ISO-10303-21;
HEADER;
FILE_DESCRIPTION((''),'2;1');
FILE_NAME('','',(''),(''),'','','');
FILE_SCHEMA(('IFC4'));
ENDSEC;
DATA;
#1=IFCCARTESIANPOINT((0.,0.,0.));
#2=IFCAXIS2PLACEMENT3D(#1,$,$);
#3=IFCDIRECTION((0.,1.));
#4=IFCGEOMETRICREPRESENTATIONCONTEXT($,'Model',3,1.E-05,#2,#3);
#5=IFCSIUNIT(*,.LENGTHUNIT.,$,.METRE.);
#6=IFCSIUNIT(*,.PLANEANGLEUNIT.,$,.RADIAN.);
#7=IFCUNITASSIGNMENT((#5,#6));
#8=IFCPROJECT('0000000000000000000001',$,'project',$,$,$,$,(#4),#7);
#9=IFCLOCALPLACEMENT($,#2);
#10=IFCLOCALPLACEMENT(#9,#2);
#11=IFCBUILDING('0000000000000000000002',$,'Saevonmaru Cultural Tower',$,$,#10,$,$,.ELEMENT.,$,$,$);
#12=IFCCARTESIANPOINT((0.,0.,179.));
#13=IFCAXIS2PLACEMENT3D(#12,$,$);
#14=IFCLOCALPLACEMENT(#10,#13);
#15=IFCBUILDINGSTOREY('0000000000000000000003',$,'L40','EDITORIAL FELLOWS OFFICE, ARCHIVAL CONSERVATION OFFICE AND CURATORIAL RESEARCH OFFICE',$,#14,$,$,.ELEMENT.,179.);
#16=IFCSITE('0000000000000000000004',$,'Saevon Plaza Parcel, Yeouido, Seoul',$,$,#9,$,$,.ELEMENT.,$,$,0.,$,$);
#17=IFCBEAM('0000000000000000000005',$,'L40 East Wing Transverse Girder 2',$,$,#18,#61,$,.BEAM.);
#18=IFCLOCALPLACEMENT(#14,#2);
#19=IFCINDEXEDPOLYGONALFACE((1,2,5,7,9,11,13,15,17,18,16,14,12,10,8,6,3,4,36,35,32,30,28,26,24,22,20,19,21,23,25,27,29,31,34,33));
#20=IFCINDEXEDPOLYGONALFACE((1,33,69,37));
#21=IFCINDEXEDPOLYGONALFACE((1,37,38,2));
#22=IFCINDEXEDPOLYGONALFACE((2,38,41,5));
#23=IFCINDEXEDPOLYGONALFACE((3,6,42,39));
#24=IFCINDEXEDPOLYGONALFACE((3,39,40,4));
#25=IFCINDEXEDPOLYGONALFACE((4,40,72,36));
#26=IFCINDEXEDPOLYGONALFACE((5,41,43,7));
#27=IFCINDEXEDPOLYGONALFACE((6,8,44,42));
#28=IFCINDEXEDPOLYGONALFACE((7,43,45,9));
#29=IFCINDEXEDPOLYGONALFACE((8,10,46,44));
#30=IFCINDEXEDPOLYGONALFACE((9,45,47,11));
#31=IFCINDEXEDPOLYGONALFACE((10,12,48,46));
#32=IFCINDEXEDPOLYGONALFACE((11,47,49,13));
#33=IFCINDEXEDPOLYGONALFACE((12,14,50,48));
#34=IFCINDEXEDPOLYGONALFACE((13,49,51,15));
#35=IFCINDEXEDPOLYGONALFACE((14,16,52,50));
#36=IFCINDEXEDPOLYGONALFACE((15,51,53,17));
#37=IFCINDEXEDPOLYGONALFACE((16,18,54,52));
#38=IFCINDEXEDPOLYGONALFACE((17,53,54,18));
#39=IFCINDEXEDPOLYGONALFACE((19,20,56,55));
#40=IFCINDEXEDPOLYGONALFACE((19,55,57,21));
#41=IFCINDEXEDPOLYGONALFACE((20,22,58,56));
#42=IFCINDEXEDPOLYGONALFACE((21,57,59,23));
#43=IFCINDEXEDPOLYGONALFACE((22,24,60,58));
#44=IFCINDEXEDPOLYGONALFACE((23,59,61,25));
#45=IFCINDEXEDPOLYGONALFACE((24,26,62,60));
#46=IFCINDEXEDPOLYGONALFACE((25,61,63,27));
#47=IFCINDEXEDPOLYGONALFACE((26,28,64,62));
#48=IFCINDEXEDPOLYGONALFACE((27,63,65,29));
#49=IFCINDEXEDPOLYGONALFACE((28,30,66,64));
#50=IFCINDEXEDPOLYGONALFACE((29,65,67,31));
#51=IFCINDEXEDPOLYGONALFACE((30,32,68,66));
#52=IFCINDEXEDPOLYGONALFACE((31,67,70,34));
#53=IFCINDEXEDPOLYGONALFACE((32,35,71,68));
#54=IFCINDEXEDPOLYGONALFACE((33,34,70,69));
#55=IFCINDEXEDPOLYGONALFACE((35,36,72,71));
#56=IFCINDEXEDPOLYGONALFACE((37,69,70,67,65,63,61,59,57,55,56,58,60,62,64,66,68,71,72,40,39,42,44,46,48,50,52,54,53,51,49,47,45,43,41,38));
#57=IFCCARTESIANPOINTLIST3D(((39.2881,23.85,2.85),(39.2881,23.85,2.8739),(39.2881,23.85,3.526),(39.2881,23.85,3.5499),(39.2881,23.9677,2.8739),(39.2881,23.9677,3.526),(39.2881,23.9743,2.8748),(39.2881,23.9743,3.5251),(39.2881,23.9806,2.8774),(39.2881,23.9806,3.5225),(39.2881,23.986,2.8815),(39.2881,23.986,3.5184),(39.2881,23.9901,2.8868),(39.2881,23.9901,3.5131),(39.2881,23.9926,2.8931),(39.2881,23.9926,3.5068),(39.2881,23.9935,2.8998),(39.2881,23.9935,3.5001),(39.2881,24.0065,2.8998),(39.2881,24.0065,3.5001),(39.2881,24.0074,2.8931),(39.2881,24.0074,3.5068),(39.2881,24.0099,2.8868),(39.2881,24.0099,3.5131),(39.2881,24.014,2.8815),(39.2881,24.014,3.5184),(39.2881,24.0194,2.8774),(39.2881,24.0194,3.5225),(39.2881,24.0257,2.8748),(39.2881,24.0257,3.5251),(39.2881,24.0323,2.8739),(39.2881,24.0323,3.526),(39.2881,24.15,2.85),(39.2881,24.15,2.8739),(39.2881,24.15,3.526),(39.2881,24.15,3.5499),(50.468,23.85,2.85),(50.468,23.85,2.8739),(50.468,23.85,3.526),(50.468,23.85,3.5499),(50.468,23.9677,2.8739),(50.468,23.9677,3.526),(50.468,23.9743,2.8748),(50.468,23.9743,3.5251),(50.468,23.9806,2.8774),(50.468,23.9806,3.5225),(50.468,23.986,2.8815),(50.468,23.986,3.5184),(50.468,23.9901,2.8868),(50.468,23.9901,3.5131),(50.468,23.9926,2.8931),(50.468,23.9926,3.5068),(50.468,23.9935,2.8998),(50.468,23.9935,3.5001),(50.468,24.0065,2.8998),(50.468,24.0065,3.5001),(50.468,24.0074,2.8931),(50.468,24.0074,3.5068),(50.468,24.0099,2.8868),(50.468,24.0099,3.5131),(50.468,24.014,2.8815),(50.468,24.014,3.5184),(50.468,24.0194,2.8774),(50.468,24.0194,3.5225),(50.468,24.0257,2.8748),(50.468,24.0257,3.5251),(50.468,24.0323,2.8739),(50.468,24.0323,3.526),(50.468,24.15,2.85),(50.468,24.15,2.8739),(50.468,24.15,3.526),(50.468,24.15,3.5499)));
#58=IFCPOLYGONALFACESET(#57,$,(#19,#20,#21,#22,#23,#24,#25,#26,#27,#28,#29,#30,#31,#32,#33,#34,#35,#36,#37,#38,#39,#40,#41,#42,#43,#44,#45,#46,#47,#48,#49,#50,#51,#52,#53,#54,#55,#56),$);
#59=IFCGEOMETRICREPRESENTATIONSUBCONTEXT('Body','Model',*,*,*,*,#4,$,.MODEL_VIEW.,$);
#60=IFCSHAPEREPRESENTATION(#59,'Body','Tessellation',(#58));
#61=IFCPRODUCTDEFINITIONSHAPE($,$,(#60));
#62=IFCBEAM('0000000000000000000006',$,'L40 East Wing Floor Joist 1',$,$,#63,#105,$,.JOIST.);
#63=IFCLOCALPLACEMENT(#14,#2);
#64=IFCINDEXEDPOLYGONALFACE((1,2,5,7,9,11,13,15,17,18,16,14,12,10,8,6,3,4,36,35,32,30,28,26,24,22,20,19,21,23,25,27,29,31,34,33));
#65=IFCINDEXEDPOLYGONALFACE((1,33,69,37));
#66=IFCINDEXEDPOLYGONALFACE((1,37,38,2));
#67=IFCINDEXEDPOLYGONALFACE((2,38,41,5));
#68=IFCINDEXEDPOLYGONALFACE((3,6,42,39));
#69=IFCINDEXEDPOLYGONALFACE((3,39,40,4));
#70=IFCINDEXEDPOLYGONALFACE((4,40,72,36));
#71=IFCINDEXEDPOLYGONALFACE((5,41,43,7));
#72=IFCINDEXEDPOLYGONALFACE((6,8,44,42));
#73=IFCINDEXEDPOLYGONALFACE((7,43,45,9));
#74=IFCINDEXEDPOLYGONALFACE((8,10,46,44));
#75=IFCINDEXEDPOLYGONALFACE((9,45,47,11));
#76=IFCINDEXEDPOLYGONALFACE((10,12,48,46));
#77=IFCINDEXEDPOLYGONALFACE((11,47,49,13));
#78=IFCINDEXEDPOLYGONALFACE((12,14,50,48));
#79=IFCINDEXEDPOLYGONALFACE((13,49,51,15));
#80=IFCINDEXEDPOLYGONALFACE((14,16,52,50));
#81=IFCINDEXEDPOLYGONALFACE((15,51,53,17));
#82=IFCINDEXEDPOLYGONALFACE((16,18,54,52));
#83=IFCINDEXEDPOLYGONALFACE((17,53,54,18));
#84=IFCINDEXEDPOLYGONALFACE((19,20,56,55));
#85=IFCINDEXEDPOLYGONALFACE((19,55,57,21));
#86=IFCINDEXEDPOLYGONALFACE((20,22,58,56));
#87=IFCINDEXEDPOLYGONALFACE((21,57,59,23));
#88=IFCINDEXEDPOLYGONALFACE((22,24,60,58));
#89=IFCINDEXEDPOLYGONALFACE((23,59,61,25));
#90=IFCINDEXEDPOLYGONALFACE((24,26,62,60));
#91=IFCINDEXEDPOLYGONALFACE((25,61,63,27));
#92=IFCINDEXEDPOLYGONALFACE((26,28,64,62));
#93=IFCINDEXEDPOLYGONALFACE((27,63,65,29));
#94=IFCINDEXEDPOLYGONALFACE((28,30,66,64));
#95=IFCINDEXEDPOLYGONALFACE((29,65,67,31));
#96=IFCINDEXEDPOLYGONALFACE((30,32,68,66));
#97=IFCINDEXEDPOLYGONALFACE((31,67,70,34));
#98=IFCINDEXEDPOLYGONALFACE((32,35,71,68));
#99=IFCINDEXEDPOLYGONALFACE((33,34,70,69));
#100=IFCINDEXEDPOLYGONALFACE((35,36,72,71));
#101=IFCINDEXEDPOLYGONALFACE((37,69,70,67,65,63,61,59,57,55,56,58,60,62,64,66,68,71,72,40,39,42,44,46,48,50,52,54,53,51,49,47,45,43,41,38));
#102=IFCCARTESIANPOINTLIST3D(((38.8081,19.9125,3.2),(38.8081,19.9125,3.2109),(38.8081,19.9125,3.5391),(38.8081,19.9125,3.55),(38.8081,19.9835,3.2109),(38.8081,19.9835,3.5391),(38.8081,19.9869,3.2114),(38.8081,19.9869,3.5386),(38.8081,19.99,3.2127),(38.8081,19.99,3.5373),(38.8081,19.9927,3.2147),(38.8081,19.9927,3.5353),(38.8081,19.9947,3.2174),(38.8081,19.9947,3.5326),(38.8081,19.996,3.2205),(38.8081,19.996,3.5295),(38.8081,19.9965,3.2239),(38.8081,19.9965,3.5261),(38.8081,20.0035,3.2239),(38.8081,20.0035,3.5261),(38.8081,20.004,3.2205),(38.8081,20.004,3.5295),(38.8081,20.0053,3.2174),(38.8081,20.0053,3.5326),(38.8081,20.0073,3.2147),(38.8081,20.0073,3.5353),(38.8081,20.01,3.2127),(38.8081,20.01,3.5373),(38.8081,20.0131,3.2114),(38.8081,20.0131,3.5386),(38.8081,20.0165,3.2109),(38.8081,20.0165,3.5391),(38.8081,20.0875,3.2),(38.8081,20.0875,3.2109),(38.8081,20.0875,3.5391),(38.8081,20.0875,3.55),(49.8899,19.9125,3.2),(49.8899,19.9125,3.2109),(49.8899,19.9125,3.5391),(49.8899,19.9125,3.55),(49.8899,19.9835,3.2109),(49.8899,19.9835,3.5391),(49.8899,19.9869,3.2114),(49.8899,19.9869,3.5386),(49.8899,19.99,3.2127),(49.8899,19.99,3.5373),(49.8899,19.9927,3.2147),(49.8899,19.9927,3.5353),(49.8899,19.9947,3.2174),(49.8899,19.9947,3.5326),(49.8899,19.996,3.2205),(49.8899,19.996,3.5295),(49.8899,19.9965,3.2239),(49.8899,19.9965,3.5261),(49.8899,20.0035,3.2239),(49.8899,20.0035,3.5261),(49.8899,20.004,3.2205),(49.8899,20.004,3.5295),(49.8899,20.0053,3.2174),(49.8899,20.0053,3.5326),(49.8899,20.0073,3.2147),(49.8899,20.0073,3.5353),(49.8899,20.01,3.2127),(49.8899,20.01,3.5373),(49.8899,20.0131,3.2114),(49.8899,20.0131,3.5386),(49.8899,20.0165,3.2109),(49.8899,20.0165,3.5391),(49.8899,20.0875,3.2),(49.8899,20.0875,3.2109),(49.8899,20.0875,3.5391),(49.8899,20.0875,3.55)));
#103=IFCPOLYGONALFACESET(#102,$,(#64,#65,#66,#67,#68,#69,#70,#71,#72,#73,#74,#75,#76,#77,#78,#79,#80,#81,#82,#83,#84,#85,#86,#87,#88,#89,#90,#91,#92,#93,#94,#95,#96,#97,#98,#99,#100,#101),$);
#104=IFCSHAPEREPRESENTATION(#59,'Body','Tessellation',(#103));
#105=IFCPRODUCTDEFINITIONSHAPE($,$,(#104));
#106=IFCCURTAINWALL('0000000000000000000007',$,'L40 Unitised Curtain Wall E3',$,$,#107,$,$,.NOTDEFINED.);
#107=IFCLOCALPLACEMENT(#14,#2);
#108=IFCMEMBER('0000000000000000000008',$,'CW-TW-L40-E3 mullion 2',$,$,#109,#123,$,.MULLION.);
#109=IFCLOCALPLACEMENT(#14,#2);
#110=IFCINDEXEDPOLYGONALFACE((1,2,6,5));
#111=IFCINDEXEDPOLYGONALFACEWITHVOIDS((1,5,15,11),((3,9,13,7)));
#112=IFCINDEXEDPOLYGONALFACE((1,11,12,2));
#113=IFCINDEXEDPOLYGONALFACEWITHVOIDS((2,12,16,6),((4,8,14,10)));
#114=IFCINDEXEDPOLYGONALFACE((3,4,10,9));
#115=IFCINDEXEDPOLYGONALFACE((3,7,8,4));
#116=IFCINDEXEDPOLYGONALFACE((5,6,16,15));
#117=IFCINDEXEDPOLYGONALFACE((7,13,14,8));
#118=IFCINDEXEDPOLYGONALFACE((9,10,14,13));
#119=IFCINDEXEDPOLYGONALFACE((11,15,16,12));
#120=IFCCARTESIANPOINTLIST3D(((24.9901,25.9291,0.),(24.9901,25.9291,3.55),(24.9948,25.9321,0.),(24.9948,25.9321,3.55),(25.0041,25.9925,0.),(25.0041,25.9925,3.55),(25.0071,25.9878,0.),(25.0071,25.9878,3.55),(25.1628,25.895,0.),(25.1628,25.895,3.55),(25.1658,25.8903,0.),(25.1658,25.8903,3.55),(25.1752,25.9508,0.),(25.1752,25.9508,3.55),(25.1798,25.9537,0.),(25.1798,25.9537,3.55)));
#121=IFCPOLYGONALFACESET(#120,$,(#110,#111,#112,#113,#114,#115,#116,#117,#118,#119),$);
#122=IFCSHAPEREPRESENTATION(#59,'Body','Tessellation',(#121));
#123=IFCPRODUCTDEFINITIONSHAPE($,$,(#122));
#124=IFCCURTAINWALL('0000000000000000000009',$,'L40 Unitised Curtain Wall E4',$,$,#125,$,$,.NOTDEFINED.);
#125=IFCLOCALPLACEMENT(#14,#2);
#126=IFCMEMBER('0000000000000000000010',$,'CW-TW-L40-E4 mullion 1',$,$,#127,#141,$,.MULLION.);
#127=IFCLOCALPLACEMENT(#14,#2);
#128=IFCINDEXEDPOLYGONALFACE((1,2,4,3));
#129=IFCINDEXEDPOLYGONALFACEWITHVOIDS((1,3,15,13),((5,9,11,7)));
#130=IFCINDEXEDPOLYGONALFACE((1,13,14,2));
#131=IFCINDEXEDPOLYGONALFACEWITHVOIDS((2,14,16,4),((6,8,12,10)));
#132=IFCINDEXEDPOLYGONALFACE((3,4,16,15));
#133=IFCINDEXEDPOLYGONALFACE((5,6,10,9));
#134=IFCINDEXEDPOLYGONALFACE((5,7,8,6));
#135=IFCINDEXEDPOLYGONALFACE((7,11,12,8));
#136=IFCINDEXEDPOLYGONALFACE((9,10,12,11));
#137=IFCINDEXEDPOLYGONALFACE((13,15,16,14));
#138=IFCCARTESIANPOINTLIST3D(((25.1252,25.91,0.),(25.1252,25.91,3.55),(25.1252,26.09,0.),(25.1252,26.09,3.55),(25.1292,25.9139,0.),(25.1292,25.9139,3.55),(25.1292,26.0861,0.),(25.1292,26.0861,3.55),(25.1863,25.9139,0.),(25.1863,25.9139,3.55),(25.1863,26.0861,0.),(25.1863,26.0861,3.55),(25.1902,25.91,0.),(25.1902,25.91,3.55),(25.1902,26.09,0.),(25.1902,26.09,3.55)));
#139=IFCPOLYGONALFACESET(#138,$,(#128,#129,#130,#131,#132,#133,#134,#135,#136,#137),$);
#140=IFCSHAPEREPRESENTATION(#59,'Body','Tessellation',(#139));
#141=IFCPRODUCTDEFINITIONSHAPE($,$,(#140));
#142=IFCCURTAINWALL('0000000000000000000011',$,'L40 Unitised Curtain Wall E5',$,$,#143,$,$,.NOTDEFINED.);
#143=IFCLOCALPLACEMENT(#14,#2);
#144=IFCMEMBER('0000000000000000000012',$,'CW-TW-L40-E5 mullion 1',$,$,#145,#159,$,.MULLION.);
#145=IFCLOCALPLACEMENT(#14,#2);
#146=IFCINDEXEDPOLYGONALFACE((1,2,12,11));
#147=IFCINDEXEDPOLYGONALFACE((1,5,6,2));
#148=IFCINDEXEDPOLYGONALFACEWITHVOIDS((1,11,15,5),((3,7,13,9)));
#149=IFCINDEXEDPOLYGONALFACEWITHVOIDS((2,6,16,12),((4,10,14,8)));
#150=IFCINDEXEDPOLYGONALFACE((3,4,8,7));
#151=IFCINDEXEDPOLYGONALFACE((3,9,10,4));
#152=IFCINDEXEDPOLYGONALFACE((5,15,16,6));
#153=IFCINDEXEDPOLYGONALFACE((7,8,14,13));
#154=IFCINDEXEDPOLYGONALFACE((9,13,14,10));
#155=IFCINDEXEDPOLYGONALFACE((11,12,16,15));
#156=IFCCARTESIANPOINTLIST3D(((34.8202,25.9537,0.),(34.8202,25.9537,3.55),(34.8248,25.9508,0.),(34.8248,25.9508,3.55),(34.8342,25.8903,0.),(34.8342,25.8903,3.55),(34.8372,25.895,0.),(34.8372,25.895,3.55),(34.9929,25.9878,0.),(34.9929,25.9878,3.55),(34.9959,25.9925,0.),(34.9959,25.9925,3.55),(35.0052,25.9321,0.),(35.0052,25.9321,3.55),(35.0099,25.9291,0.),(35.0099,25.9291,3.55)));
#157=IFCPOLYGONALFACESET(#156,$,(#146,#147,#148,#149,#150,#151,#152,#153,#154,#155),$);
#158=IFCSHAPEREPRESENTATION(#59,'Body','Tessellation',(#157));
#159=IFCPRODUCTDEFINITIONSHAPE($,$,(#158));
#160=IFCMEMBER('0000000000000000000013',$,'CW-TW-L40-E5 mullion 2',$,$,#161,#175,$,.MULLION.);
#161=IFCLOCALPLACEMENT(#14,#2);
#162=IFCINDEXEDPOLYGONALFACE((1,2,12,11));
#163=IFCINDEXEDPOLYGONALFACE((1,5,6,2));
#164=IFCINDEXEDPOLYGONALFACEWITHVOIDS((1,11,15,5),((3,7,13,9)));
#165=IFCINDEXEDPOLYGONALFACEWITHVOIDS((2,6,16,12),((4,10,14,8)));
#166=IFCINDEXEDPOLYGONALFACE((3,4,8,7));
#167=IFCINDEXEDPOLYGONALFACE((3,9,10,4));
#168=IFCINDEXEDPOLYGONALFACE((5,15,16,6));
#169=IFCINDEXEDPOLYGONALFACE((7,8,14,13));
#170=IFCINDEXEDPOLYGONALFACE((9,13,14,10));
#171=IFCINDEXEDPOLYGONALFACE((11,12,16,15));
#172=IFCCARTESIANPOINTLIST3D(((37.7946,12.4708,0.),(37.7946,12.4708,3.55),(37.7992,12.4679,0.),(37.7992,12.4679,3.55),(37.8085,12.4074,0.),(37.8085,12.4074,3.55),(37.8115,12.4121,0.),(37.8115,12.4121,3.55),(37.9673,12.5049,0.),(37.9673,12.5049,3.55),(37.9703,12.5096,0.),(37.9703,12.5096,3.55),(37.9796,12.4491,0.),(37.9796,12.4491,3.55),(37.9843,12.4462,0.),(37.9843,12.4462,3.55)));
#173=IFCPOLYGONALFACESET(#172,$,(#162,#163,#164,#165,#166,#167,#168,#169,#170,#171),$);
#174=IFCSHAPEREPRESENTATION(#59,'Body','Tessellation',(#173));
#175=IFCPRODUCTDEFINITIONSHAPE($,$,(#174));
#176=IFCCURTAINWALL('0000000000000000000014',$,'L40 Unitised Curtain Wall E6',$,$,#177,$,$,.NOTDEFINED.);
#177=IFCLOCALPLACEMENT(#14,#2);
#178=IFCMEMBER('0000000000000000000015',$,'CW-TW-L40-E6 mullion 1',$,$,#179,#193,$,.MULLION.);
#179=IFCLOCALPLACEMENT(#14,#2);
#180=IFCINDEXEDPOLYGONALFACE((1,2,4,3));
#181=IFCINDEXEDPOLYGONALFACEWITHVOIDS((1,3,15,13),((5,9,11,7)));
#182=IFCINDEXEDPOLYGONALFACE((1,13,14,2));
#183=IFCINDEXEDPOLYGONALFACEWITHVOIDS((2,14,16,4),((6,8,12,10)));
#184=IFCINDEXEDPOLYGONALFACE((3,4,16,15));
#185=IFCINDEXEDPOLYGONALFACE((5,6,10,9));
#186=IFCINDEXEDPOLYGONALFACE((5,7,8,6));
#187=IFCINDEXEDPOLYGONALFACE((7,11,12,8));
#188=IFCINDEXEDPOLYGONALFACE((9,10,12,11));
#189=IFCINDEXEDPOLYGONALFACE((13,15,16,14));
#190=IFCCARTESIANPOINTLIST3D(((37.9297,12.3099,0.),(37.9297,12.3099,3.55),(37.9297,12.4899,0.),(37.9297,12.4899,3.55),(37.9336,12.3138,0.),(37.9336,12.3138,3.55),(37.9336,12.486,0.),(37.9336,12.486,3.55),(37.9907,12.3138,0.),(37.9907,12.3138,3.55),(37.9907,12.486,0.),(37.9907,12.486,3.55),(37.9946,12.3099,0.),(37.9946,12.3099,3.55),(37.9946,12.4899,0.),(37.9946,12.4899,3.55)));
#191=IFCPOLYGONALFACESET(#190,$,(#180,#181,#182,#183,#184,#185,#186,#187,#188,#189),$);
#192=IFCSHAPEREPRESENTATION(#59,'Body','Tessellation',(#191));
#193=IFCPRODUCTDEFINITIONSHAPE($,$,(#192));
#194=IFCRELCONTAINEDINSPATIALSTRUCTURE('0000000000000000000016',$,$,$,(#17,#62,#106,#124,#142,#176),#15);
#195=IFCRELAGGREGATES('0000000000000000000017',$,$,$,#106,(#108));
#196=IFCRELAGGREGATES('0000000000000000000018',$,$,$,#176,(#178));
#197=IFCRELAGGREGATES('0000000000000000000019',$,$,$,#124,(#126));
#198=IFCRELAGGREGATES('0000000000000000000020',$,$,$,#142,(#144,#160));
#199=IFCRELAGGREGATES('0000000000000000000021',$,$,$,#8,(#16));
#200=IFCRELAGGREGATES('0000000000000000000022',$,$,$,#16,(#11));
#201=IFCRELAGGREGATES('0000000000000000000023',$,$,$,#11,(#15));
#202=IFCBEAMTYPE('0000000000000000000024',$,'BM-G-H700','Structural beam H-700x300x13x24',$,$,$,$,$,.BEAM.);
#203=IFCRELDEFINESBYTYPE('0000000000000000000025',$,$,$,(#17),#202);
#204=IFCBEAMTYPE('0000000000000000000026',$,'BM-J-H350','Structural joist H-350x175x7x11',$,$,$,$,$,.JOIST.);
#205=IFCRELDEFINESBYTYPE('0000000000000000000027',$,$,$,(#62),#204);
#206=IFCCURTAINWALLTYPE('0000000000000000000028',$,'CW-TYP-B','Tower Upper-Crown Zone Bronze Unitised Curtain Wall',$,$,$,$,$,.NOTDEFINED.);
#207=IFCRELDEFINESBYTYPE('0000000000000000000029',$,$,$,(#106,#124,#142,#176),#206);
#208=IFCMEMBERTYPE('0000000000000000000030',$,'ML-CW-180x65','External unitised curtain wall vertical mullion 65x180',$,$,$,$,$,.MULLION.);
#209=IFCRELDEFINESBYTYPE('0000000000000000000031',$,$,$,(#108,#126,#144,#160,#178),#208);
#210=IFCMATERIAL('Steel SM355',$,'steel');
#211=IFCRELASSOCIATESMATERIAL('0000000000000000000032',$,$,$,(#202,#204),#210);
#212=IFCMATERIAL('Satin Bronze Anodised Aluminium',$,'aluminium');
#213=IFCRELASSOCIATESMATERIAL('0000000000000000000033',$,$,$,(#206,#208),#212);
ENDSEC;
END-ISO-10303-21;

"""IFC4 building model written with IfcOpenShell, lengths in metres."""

from ifc_helpers import new_model, si_unit, direction, frame, origin, origin_2d, place, context, subcontext, project, spatial, hollow_rectangle, i_section, extrude, material, material_profile, profile_set, type_object, element, aggregate, save


model = new_model("IFC4")

# Units and contexts
model_context = context("Model", 3, precision=1e-05, world=origin(), true_north=direction((0.0, 1.0)))
body_context = subcontext(model_context, "Body", "Model", "MODEL_VIEW")
ifc_project = project(units=[si_unit("LENGTHUNIT", "METRE"), si_unit("PLANEANGLEUNIT", "RADIAN")], contexts=[model_context])

# Site, building, storey
site_placement = place(None, origin())
site = spatial("IfcSite", under=ifc_project, at=site_placement, Name="Saevon Plaza Parcel, Yeouido, Seoul", CompositionType="ELEMENT", RefElevation=0.0)
building_placement = place(site_placement, origin())
building = spatial("IfcBuilding", under=site, at=building_placement, Name="Saevonmaru Cultural Tower", CompositionType="ELEMENT")
storey_placement = place(building_placement, frame((0.0, 0.0, 179.0)))
storey = spatial("IfcBuildingStorey", under=building, at=storey_placement, Name="L40", Description="EDITORIAL FELLOWS OFFICE, ARCHIVAL CONSERVATION OFFICE AND CURATORIAL RESEARCH OFFICE", CompositionType="ELEMENT", Elevation=179.0)

# Shared definitions
ifc_material_1 = material(Name="Steel SM355", Category="steel")

# Beams
ifc_material_profile_1 = material_profile(ifc_material_1, i_section(OverallWidth=0.3, OverallDepth=0.7, WebThickness=0.0129, FlangeThickness=0.0239, FilletRadius=0.0259, at=origin_2d()), Name="H-700x300x13x24")
ifc_profile_set_1 = profile_set([ifc_material_profile_1], Name="Steel SM355")
beam_type_1 = type_object("IfcBeamType", Name="BM-G-H700", Description="Structural beam H-700x300x13x24", PredefinedType="BEAM", material=ifc_profile_set_1)
for number, where, z_axis, x_axis, name in (
    (1, (39.2881, 24.0, 3.2), (1.0, 0.0, 0.0), (0.0, 1.0, 0.0), "L40 East Wing Transverse Girder 2"),
):
    element("IfcBeam", number, at=place(storey_placement, frame(where, z_axis=z_axis, x_axis=x_axis)), inside=storey, type_object=beam_type_1, Name=name, PredefinedType="BEAM", context=body_context, shape_type="SweptSolid", body=[
        extrude(i_section(OverallWidth=0.3, OverallDepth=0.7, WebThickness=0.0129, FlangeThickness=0.0239, FilletRadius=0.0259, at=origin_2d()), origin(), (0.0, 0.0, 1.0), 11.1799),
    ])
ifc_material_profile_2 = material_profile(ifc_material_1, i_section(OverallWidth=0.175, OverallDepth=0.3501, WebThickness=0.0071, FlangeThickness=0.011, FilletRadius=0.0129, at=origin_2d()), Name="H-350x175x7x11")
ifc_profile_set_2 = profile_set([ifc_material_profile_2], Name="Steel SM355")
beam_type_2 = type_object("IfcBeamType", Name="BM-J-H350", Description="Structural joist H-350x175x7x11", PredefinedType="JOIST", material=ifc_profile_set_2)
beam_placement = place(storey_placement, frame((38.8081, 20.0, 3.375), z_axis=(1.0, 0.0, 0.0), x_axis=(0.0, 1.0, 0.0)))
element("IfcBeam", 2, at=beam_placement, inside=storey, type_object=beam_type_2, Name="L40 East Wing Floor Joist 1", PredefinedType="JOIST", context=body_context, shape_type="SweptSolid", body=[
    extrude(i_section(OverallWidth=0.175, OverallDepth=0.3501, WebThickness=0.0071, FlangeThickness=0.011, FilletRadius=0.0129, at=origin_2d()), origin(), (0.0, 0.0, 1.0), 11.0818),
])

# Curtain walls, members
ifc_material_2 = material(Name="Satin Bronze Anodised Aluminium", Category="aluminium")
curtain_wall_type = type_object("IfcCurtainWallType", Name="CW-TYP-B", Description="Tower Upper-Crown Zone Bronze Unitised Curtain Wall", PredefinedType="NOTDEFINED", material=ifc_material_2)
curtain_wall_1_placement = place(storey_placement, origin())
curtain_wall_1 = element("IfcCurtainWall", 3, at=curtain_wall_1_placement, inside=storey, type_object=curtain_wall_type, Name="L40 Unitised Curtain Wall E3", PredefinedType="NOTDEFINED")
ifc_material_profile_3 = material_profile(ifc_material_2, hollow_rectangle(XDim=0.0649, YDim=0.1799, WallThickness=0.0039, at=origin_2d()), Name="ALU-MULL-180x65x4")
ifc_profile_set_3 = profile_set([ifc_material_profile_3], Name="Satin Bronze Anodised Aluminium")
member_type_1 = type_object("IfcMemberType", Name="ML-CW-180x65", Description="External unitised curtain wall vertical mullion 65x180", PredefinedType="MULLION", material=ifc_profile_set_3)
member_1_placement = place(storey_placement, frame((25.085, 25.9414, 0.0), z_axis=(0.0, 0.0, 1.0), x_axis=(0.215413, 0.976523, 0.0)))
member_1 = element("IfcMember", 4, at=member_1_placement, type_object=member_type_1, Name="CW-TW-L40-E3 mullion 2", PredefinedType="MULLION", context=body_context, shape_type="SweptSolid", body=[
    extrude(hollow_rectangle(XDim=0.0649, YDim=0.1799, WallThickness=0.0039, at=origin_2d()), origin(), (0.0, 0.0, 1.0), 3.55),
])
aggregate(curtain_wall_1, [member_1])
curtain_wall_2_placement = place(storey_placement, origin())
curtain_wall_2 = element("IfcCurtainWall", 5, at=curtain_wall_2_placement, inside=storey, type_object=curtain_wall_type, Name="L40 Unitised Curtain Wall E4", PredefinedType="NOTDEFINED")
member_2_placement = place(storey_placement, frame((25.1577, 26.0, 0.0), z_axis=(0.0, 0.0, 1.0), x_axis=(1.0, 0.0, 0.0)))
member_2 = element("IfcMember", 6, at=member_2_placement, type_object=member_type_1, Name="CW-TW-L40-E4 mullion 1", PredefinedType="MULLION", context=body_context, shape_type="SweptSolid", body=[
    extrude(hollow_rectangle(XDim=0.0649, YDim=0.1799, WallThickness=0.0039, at=origin_2d()), origin(), (0.0, 0.0, 1.0), 3.55),
])

# Curtain wall, members
curtain_wall_3_placement = place(storey_placement, origin())
curtain_wall_3 = element("IfcCurtainWall", 7, at=curtain_wall_3_placement, inside=storey, type_object=curtain_wall_type, Name="L40 Unitised Curtain Wall E5", PredefinedType="NOTDEFINED")
member_3_placement = place(storey_placement, frame((34.915, 25.9414, 0.0), z_axis=(0.0, 0.0, 1.0), x_axis=(0.215413, -0.976523, 0.0)))
member_3 = element("IfcMember", 8, at=member_3_placement, type_object=member_type_1, Name="CW-TW-L40-E5 mullion 1", PredefinedType="MULLION", context=body_context, shape_type="SweptSolid", body=[
    extrude(hollow_rectangle(XDim=0.0649, YDim=0.1799, WallThickness=0.0039, at=origin_2d()), origin(), (0.0, 0.0, 1.0), 3.55),
])
member_4_placement = place(storey_placement, frame((37.8894, 12.4585, 0.0), z_axis=(0.0, 0.0, 1.0), x_axis=(0.215413, -0.976523, 0.0)))
member_4 = element("IfcMember", 9, at=member_4_placement, type_object=member_type_1, Name="CW-TW-L40-E5 mullion 2", PredefinedType="MULLION", context=body_context, shape_type="SweptSolid", body=[
    extrude(hollow_rectangle(XDim=0.0649, YDim=0.1799, WallThickness=0.0039, at=origin_2d()), origin(), (0.0, 0.0, 1.0), 3.55),
])

# Curtain wall, member
curtain_wall_4_placement = place(storey_placement, origin())
curtain_wall_4 = element("IfcCurtainWall", 10, at=curtain_wall_4_placement, inside=storey, type_object=curtain_wall_type, Name="L40 Unitised Curtain Wall E6", PredefinedType="NOTDEFINED")
member_5_placement = place(storey_placement, frame((37.9622, 12.3999, 0.0), z_axis=(0.0, 0.0, 1.0), x_axis=(1.0, 0.0, 0.0)))
member_5 = element("IfcMember", 11, at=member_5_placement, type_object=member_type_1, Name="CW-TW-L40-E6 mullion 1", PredefinedType="MULLION", context=body_context, shape_type="SweptSolid", body=[
    extrude(hollow_rectangle(XDim=0.0649, YDim=0.1799, WallThickness=0.0039, at=origin_2d()), origin(), (0.0, 0.0, 1.0), 3.55),
])

aggregate(curtain_wall_4, [member_5])

aggregate(curtain_wall_2, [member_2])
aggregate(curtain_wall_3, [member_3, member_4])

save(model, "model.ifc")
